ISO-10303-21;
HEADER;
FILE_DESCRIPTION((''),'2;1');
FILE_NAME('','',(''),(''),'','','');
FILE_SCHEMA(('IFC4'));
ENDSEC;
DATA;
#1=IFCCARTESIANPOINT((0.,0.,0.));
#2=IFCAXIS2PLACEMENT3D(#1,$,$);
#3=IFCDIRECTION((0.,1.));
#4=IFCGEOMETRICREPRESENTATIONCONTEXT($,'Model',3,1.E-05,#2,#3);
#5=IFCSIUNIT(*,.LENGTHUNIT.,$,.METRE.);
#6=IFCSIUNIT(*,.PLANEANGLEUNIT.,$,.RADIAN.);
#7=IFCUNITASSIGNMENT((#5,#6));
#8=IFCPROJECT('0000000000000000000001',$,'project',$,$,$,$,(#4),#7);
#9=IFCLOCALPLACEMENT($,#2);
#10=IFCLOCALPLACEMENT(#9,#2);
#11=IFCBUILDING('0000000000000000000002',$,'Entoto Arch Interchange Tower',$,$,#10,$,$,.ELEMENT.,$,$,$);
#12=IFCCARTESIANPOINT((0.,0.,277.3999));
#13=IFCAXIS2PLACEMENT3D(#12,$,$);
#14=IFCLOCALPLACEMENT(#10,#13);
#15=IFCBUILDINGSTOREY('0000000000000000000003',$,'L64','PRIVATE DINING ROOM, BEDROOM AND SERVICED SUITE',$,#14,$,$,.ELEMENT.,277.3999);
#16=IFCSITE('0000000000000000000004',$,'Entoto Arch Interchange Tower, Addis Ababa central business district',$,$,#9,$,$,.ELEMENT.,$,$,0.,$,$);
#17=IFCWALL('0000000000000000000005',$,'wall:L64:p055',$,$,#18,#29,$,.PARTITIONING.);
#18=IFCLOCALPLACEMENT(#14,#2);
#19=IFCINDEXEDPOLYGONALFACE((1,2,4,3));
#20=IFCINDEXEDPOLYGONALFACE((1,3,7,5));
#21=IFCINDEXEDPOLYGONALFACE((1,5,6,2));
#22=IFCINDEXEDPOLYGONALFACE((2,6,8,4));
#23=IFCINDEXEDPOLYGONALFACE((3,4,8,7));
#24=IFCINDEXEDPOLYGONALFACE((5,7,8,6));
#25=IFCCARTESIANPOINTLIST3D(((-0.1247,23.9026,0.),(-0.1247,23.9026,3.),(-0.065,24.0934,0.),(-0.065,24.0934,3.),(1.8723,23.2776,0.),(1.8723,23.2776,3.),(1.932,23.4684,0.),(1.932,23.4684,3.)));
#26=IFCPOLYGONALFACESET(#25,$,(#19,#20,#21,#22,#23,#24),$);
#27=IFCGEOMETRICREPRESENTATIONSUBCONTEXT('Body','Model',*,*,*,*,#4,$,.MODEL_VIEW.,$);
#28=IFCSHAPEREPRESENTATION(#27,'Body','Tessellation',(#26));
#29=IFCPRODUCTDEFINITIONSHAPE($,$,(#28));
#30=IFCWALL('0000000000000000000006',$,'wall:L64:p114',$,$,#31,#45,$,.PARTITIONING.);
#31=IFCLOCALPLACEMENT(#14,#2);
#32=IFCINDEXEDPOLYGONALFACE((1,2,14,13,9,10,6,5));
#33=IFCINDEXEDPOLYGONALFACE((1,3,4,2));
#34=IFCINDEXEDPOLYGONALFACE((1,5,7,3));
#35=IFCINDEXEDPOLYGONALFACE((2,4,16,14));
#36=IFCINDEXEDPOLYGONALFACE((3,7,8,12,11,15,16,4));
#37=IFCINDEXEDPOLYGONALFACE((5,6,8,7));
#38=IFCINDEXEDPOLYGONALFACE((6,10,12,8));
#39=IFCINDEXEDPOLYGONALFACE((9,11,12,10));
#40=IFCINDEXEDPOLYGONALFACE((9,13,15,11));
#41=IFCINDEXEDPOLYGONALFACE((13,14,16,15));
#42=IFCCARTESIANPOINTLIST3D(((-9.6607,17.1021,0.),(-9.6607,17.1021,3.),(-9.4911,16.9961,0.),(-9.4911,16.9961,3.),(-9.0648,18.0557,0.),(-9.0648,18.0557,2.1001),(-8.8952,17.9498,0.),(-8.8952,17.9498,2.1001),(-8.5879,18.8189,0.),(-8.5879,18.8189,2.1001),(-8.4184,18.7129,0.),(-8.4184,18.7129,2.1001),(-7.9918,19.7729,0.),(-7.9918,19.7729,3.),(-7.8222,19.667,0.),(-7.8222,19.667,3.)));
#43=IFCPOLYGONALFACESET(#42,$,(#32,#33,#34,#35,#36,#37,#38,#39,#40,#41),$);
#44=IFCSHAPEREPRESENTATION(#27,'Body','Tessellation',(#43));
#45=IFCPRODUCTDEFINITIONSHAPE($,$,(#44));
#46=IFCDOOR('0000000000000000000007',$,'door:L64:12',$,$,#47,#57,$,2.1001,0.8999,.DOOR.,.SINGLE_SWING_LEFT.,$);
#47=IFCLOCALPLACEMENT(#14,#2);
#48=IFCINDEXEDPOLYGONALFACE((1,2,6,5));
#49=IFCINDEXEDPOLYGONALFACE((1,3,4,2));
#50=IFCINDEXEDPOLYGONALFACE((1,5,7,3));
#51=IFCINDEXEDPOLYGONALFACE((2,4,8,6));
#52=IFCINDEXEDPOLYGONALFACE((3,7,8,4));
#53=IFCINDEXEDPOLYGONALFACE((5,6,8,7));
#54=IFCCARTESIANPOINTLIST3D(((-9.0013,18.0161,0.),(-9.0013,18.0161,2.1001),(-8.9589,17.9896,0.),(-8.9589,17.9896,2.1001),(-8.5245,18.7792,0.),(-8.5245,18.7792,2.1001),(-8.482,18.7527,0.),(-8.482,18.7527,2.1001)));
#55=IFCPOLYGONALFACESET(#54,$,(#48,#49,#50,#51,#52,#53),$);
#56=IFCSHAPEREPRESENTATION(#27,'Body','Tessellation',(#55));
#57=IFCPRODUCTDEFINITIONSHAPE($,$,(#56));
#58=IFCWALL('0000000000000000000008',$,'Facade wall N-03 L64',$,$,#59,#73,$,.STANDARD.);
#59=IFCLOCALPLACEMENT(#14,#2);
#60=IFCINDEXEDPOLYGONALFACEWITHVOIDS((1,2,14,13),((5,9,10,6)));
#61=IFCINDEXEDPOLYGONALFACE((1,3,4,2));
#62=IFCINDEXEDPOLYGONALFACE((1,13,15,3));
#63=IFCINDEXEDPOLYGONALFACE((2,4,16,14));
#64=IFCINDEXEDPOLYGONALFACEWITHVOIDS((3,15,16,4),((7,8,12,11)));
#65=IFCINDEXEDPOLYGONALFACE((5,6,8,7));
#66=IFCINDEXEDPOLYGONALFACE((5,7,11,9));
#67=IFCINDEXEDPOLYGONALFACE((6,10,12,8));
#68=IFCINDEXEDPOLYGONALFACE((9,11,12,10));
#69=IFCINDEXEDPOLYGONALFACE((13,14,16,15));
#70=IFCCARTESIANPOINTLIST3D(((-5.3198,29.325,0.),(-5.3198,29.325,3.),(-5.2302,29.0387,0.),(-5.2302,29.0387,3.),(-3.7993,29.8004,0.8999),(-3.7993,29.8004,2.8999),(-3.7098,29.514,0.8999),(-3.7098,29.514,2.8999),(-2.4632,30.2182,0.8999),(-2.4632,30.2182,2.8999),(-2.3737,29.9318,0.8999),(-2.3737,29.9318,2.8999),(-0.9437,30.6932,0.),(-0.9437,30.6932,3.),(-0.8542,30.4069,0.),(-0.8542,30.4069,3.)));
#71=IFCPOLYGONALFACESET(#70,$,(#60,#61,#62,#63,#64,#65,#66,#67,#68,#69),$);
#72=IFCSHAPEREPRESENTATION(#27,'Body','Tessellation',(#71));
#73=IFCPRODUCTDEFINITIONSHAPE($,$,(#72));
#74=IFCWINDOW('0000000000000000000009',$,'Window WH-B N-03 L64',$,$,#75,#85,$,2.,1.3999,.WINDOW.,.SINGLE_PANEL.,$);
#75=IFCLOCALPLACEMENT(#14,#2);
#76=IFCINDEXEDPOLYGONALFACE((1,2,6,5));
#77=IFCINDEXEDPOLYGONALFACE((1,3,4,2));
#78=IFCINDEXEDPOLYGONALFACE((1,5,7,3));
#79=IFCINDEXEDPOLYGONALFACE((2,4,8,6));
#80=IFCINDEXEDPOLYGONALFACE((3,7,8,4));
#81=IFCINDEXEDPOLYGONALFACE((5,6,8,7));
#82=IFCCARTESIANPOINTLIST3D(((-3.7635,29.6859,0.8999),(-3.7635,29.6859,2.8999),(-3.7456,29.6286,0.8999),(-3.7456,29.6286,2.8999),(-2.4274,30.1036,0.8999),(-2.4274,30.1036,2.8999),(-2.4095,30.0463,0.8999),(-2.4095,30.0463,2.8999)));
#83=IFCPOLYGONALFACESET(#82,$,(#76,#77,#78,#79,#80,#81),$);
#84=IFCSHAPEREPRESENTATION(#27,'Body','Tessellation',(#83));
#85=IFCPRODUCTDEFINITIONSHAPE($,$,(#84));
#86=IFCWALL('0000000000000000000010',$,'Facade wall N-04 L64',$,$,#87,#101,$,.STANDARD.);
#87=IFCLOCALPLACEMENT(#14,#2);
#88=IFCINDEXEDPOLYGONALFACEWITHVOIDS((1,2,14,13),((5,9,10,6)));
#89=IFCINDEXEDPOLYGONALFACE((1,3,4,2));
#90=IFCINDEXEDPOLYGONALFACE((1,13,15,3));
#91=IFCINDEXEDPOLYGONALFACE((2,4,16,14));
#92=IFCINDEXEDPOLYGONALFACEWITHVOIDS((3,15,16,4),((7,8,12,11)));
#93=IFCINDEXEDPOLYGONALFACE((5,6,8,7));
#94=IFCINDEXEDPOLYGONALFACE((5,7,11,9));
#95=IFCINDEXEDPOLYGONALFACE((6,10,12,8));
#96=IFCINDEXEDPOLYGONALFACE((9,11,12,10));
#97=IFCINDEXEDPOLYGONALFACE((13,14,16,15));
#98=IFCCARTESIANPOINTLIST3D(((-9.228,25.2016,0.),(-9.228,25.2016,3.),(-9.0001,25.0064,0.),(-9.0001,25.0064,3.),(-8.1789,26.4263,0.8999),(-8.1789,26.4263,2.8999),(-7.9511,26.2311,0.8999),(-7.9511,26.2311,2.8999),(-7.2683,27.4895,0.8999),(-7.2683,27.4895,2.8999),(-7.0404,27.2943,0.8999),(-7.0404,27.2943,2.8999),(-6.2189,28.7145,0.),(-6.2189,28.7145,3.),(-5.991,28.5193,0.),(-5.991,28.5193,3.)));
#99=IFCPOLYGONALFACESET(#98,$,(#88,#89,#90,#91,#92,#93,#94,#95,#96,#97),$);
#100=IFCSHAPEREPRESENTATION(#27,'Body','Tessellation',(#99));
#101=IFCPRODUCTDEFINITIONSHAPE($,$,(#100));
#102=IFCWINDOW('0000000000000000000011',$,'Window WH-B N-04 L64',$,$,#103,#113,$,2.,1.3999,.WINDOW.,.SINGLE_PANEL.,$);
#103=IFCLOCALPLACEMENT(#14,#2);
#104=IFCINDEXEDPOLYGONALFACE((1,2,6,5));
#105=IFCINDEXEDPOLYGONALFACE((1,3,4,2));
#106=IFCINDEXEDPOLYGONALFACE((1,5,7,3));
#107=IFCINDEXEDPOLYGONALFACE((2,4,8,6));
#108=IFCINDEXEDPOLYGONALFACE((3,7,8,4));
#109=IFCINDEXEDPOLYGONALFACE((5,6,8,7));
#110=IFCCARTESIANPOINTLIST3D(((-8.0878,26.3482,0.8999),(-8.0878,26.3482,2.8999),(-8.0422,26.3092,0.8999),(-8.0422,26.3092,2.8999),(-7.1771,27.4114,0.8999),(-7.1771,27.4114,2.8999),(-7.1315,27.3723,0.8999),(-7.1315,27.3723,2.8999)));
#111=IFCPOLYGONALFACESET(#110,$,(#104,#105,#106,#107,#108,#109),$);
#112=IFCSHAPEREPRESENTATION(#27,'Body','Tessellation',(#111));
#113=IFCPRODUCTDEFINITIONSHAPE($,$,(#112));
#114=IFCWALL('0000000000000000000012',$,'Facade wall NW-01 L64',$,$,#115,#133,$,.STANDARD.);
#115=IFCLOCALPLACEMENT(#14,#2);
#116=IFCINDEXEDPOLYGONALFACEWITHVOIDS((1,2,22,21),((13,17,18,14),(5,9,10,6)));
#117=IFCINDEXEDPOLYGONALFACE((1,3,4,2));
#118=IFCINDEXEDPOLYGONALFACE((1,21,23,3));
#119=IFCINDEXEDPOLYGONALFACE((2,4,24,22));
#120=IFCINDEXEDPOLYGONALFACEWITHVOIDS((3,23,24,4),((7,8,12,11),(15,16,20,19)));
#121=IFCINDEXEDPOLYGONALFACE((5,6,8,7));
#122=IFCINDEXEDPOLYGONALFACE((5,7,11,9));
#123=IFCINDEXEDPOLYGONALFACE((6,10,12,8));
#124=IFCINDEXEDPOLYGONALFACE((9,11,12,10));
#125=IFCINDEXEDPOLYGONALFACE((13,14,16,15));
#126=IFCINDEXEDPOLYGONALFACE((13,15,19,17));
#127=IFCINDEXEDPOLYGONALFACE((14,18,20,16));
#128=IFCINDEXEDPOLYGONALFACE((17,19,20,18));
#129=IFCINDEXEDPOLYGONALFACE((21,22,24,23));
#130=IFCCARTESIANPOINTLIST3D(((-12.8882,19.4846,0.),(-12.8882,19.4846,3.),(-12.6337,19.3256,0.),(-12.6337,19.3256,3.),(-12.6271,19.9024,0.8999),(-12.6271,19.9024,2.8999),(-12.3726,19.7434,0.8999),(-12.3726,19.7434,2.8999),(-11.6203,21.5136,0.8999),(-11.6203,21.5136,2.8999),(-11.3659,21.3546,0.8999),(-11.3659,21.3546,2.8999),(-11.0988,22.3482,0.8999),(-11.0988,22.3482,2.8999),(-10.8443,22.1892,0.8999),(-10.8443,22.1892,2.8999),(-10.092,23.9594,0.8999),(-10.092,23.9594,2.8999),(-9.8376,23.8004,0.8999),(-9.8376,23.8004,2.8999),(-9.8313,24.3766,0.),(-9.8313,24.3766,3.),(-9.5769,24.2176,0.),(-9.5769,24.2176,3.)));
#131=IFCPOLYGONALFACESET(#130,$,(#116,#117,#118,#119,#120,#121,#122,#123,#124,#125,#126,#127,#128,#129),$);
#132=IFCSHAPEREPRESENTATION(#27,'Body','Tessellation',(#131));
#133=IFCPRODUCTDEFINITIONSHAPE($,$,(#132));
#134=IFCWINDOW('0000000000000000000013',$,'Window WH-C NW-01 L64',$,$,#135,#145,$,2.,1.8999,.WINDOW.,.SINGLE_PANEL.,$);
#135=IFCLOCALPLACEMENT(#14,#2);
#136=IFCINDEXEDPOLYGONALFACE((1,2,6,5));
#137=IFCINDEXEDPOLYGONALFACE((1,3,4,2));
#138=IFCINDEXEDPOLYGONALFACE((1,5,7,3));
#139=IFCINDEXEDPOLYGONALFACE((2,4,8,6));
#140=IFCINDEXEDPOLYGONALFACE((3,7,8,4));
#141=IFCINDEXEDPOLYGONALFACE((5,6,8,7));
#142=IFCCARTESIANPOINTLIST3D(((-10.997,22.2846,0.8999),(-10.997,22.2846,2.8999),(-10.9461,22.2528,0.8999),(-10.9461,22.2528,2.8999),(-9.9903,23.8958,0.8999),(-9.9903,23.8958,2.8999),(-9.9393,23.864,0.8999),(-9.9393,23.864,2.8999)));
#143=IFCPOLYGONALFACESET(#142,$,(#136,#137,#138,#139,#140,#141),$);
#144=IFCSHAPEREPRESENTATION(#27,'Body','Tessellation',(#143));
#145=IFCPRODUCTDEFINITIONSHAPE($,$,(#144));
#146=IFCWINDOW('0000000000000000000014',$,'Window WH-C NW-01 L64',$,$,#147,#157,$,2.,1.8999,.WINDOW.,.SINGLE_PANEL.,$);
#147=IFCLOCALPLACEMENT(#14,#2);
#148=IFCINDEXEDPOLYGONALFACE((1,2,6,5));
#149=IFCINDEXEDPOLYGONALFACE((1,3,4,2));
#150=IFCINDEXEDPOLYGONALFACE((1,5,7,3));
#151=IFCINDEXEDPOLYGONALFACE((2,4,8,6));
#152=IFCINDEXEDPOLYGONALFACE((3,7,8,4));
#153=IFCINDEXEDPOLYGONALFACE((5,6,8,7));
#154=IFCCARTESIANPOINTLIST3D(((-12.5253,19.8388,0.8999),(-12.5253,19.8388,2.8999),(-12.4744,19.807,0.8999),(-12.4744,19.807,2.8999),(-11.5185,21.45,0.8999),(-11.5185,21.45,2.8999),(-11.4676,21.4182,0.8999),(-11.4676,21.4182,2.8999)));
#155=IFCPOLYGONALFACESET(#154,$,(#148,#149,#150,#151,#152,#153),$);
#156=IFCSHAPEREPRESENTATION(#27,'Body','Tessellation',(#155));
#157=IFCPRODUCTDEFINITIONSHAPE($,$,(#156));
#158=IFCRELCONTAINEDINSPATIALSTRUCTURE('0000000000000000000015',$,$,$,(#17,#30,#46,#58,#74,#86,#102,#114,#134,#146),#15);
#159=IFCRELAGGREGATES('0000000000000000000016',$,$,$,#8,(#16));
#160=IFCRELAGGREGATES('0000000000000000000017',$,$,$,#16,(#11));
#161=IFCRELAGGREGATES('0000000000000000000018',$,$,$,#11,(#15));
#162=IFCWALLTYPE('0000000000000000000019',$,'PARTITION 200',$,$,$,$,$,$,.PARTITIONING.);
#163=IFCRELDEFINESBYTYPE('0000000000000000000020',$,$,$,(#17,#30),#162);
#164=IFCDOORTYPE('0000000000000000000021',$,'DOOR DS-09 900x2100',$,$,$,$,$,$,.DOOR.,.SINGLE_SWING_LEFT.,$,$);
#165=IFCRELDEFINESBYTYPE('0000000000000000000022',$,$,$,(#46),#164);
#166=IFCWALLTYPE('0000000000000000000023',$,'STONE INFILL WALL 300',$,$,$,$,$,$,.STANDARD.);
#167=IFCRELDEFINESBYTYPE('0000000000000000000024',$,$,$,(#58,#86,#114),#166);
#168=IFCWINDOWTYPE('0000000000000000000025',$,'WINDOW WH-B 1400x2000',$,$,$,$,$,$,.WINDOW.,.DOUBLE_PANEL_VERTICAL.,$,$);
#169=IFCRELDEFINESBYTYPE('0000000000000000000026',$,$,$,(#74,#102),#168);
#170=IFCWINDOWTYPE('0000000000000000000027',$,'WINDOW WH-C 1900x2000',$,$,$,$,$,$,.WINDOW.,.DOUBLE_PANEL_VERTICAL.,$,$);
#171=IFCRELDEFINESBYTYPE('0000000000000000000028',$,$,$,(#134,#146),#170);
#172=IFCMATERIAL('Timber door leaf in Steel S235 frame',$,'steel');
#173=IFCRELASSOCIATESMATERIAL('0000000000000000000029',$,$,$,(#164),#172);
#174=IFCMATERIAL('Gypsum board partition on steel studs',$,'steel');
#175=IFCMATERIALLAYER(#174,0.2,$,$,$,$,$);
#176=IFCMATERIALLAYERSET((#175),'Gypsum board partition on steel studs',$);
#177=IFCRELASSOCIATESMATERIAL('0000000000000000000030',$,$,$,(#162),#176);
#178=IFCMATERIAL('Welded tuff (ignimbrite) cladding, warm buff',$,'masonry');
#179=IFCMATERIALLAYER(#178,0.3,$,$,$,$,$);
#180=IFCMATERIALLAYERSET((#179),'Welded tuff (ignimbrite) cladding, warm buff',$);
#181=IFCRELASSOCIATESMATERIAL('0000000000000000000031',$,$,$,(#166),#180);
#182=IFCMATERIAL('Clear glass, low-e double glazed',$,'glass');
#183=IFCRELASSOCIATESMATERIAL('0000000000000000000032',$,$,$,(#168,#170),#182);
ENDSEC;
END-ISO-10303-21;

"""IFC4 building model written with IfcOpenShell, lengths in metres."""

from ifc_helpers import new_model, si_unit, direction, frame, frame_2d, origin, place, context, subcontext, project, spatial, rectangle, extrude, material, layer, layer_set, type_object, element, fill, save


model = new_model("IFC4")

# Units and contexts
model_context = context("Model", 3, precision=1e-05, world=origin(), true_north=direction((0.0, 1.0)))
body_context = subcontext(model_context, "Body", "Model", "MODEL_VIEW")
ifc_project = project(units=[si_unit("LENGTHUNIT", "METRE"), si_unit("PLANEANGLEUNIT", "RADIAN")], contexts=[model_context])

# Site, building, storey
site_placement = place(None, origin())
site = spatial("IfcSite", under=ifc_project, at=site_placement, Name="Entoto Arch Interchange Tower, Addis Ababa central business district", CompositionType="ELEMENT", RefElevation=0.0)
building_placement = place(site_placement, origin())
building = spatial("IfcBuilding", under=site, at=building_placement, Name="Entoto Arch Interchange Tower", CompositionType="ELEMENT")
storey_placement = place(building_placement, frame((0.0, 0.0, 277.3999)))
storey = spatial("IfcBuildingStorey", under=building, at=storey_placement, Name="L64", Description="PRIVATE DINING ROOM, BEDROOM AND SERVICED SUITE", CompositionType="ELEMENT", Elevation=277.3999)

# Shared definitions
ifc_material_1 = material(Name="Gypsum board partition on steel studs", Category="steel")
ifc_material_2 = material(Name="Timber door leaf in Steel S235 frame", Category="steel")
door_type_1 = type_object("IfcDoorType", Name="DOOR DS-09 900x2100", OperationType="SINGLE_SWING_LEFT", PredefinedType="DOOR", material=ifc_material_2)

# Shared definitions
ifc_layer_1 = layer(ifc_material_1, 0.2)
ifc_layer_set_1 = layer_set([ifc_layer_1], Name="Gypsum board partition on steel studs")
wall_type_1 = type_object("IfcWallType", Name="PARTITION 200", PredefinedType="PARTITIONING", material=ifc_layer_set_1)

# Wall
wall_1_placement = place(storey_placement, frame((-0.095, 23.998, 0.0), z_axis=(0.0, 0.0, 1.0), x_axis=(0.954355, -0.298674, 0.0)))
element("IfcWall", 1, at=wall_1_placement, inside=storey, type_object=wall_type_1, Name="wall:L64:p055", PredefinedType="PARTITIONING", context=body_context, shape_type="SweptSolid", body=[
    extrude(rectangle(XDim=2.0925, YDim=0.2, at=frame_2d((1.0464, 0.0))), origin(), (0.0, 0.0, 1.0), 3.0),
])

# Wall, opening, door
wall_2_placement = place(storey_placement, frame((-7.907, 19.72, 0.0), z_axis=(0.0, 0.0, 1.0), x_axis=(-0.529915, -0.848051, 0.0)))
wall_2 = element("IfcWall", 2, at=wall_2_placement, inside=storey, type_object=wall_type_1, Name="wall:L64:p114", PredefinedType="PARTITIONING", context=body_context, shape_type="SweptSolid", body=[
    extrude(rectangle(XDim=3.1494, YDim=0.2, at=frame_2d((1.5747, 0.0))), origin(), (0.0, 0.0, 1.0), 3.0),
])
opening_1_placement = place(wall_2_placement, frame((1.125, 0.0, 0.0)))
opening_1 = element("IfcOpeningElement", 3, at=opening_1_placement, cuts=wall_2, PredefinedType="OPENING", context=body_context, shape_type="SweptSolid", body=[
    extrude(rectangle(XDim=0.8999, YDim=2.1001, at=frame_2d((0.45, 1.05))), frame((0.0, 0.1099, 0.0), z_axis=(0.0, -1.0, 0.0), x_axis=(1.0, 0.0, 0.0)), (0.0, 0.0, 1.0), 0.22),
])
door_1_placement = place(opening_1_placement, origin())
door_1 = element("IfcDoor", 4, at=door_1_placement, inside=storey, type_object=door_type_1, Name="door:L64:12", OperationType="SINGLE_SWING_LEFT", OverallHeight=2.1001, OverallWidth=0.8999, PredefinedType="DOOR", context=body_context, shape_type="SweptSolid", body=[
    extrude(rectangle(XDim=0.8999, YDim=2.1001, at=frame_2d((0.45, 1.05))), frame((0.0, 0.0249, 0.0), z_axis=(0.0, -1.0, 0.0), x_axis=(1.0, 0.0, 0.0)), (0.0, 0.0, 1.0), 0.05),
])
fill(opening_1, door_1)

# Walls, openings, windows
ifc_material_3 = material(Name="Welded tuff (ignimbrite) cladding, warm buff", Category="masonry")
ifc_layer_2 = layer(ifc_material_3, 0.3)
ifc_layer_set_2 = layer_set([ifc_layer_2], Name="Welded tuff (ignimbrite) cladding, warm buff")
wall_type_2 = type_object("IfcWallType", Name="STONE INFILL WALL 300", PredefinedType="STANDARD", material=ifc_layer_set_2)
wall_3_placement = place(storey_placement, frame((-0.8989, 30.55, 0.0), z_axis=(0.0, 0.0, 1.0), x_axis=(-0.954438, -0.298408, 0.0)))
wall_3 = element("IfcWall", 5, at=wall_3_placement, inside=storey, type_object=wall_type_2, Name="Facade wall N-03 L64", PredefinedType="STANDARD", context=body_context, shape_type="SweptSolid", body=[
    extrude(rectangle(XDim=4.585, YDim=0.3, at=frame_2d((2.2925, 0.0))), origin(), (0.0, 0.0, 1.0), 3.0),
])
opening_2_placement = place(wall_3_placement, frame((1.592, 0.0, 0.8999)))
opening_2 = element("IfcOpeningElement", 6, at=opening_2_placement, cuts=wall_3, PredefinedType="OPENING", context=body_context, shape_type="SweptSolid", body=[
    extrude(rectangle(XDim=1.3999, YDim=2.0, at=frame_2d((0.7, 1.0))), frame((0.0, 0.1602, 0.0), z_axis=(0.0, -1.0, 0.0), x_axis=(1.0, 0.0, 0.0)), (0.0, 0.0, 1.0), 0.3201),
])
ifc_material_4 = material(Name="Clear glass, low-e double glazed", Category="glass")
window_type_1 = type_object("IfcWindowType", Name="WINDOW WH-B 1400x2000", PartitioningType="DOUBLE_PANEL_VERTICAL", PredefinedType="WINDOW", material=ifc_material_4)
window_1_placement = place(opening_2_placement, origin())
window_1 = element("IfcWindow", 7, at=window_1_placement, inside=storey, type_object=window_type_1, Name="Window WH-B N-03 L64", OverallHeight=2.0, OverallWidth=1.3999, PartitioningType="SINGLE_PANEL", PredefinedType="WINDOW", context=body_context, shape_type="SweptSolid", body=[
    extrude(rectangle(XDim=1.3999, YDim=2.0, at=frame_2d((0.7, 1.0))), frame((0.0, 0.03, 0.0), z_axis=(0.0, -1.0, 0.0), x_axis=(1.0, 0.0, 0.0)), (0.0, 0.0, 1.0), 0.0601),
])
fill(opening_2, window_1)
wall_4_placement = place(storey_placement, frame((-6.105, 28.6169, 0.0), z_axis=(0.0, 0.0, 1.0), x_axis=(-0.650535, -0.759476, 0.0)))
wall_4 = element("IfcWall", 8, at=wall_4_placement, inside=storey, type_object=wall_type_2, Name="Facade wall N-04 L64", PredefinedType="STANDARD", context=body_context, shape_type="SweptSolid", body=[
    extrude(rectangle(XDim=4.6255, YDim=0.3, at=frame_2d((2.3127, 0.0))), origin(), (0.0, 0.0, 1.0), 3.0),
])
opening_3_placement = place(wall_4_placement, frame((1.613, 0.0, 0.8999)))
opening_3 = element("IfcOpeningElement", 9, at=opening_3_placement, cuts=wall_4, PredefinedType="OPENING", context=body_context, shape_type="SweptSolid", body=[
    extrude(rectangle(XDim=1.3999, YDim=2.0, at=frame_2d((0.7, 1.0))), frame((0.0, 0.1602, 0.0), z_axis=(0.0, -1.0, 0.0), x_axis=(1.0, 0.0, 0.0)), (0.0, 0.0, 1.0), 0.3201),
])
window_2_placement = place(opening_3_placement, origin())
window_2 = element("IfcWindow", 10, at=window_2_placement, inside=storey, type_object=window_type_1, Name="Window WH-B N-04 L64", OverallHeight=2.0, OverallWidth=1.3999, PartitioningType="SINGLE_PANEL", PredefinedType="WINDOW", context=body_context, shape_type="SweptSolid", body=[
    extrude(rectangle(XDim=1.3999, YDim=2.0, at=frame_2d((0.7, 1.0))), frame((0.0, 0.03, 0.0), z_axis=(0.0, -1.0, 0.0), x_axis=(1.0, 0.0, 0.0)), (0.0, 0.0, 1.0), 0.0601),
])
fill(opening_3, window_2)

# Wall, openings, windows
wall_5_placement = place(storey_placement, frame((-9.7041, 24.2971, 0.0), z_axis=(0.0, 0.0, 1.0), x_axis=(-0.529915, -0.848051, 0.0)))
wall_5 = element("IfcWall", 11, at=wall_5_placement, inside=storey, type_object=wall_type_2, Name="Facade wall NW-01 L64", PredefinedType="STANDARD", context=body_context, shape_type="SweptSolid", body=[
    extrude(rectangle(XDim=5.7686, YDim=0.3, at=frame_2d((2.8843, 0.0))), origin(), (0.0, 0.0, 1.0), 3.0),
])
opening_4_placement = place(wall_5_placement, frame((0.4919, 0.0, 0.8999)))
opening_4 = element("IfcOpeningElement", 12, at=opening_4_placement, cuts=wall_5, PredefinedType="OPENING", context=body_context, shape_type="SweptSolid", body=[
    extrude(rectangle(XDim=1.8999, YDim=2.0, at=frame_2d((0.95, 1.0))), frame((0.0, 0.1602, 0.0), z_axis=(0.0, -1.0, 0.0), x_axis=(1.0, 0.0, 0.0)), (0.0, 0.0, 1.0), 0.3201),
])
opening_5_placement = place(wall_5_placement, frame((3.376, 0.0, 0.8999)))
opening_5 = element("IfcOpeningElement", 13, at=opening_5_placement, cuts=wall_5, PredefinedType="OPENING", context=body_context, shape_type="SweptSolid", body=[
    extrude(rectangle(XDim=1.8999, YDim=2.0, at=frame_2d((0.95, 1.0))), frame((0.0, 0.1602, 0.0), z_axis=(0.0, -1.0, 0.0), x_axis=(1.0, 0.0, 0.0)), (0.0, 0.0, 1.0), 0.3201),
])
window_type_2 = type_object("IfcWindowType", Name="WINDOW WH-C 1900x2000", PartitioningType="DOUBLE_PANEL_VERTICAL", PredefinedType="WINDOW", material=ifc_material_4)
window_3_placement = place(opening_4_placement, origin())
window_3 = element("IfcWindow", 14, at=window_3_placement, inside=storey, type_object=window_type_2, Name="Window WH-C NW-01 L64", OverallHeight=2.0, OverallWidth=1.8999, PartitioningType="SINGLE_PANEL", PredefinedType="WINDOW", context=body_context, shape_type="SweptSolid", body=[
    extrude(rectangle(XDim=1.8999, YDim=2.0, at=frame_2d((0.95, 1.0))), frame((0.0, 0.03, 0.0), z_axis=(0.0, -1.0, 0.0), x_axis=(1.0, 0.0, 0.0)), (0.0, 0.0, 1.0), 0.0601),
])
fill(opening_4, window_3)
window_4_placement = place(opening_5_placement, origin())
window_4 = element("IfcWindow", 15, at=window_4_placement, inside=storey, type_object=window_type_2, Name="Window WH-C NW-01 L64", OverallHeight=2.0, OverallWidth=1.8999, PartitioningType="SINGLE_PANEL", PredefinedType="WINDOW", context=body_context, shape_type="SweptSolid", body=[
    extrude(rectangle(XDim=1.8999, YDim=2.0, at=frame_2d((0.95, 1.0))), frame((0.0, 0.03, 0.0), z_axis=(0.0, -1.0, 0.0), x_axis=(1.0, 0.0, 0.0)), (0.0, 0.0, 1.0), 0.0601),
])
fill(opening_5, window_4)

save(model, "model.ifc")
